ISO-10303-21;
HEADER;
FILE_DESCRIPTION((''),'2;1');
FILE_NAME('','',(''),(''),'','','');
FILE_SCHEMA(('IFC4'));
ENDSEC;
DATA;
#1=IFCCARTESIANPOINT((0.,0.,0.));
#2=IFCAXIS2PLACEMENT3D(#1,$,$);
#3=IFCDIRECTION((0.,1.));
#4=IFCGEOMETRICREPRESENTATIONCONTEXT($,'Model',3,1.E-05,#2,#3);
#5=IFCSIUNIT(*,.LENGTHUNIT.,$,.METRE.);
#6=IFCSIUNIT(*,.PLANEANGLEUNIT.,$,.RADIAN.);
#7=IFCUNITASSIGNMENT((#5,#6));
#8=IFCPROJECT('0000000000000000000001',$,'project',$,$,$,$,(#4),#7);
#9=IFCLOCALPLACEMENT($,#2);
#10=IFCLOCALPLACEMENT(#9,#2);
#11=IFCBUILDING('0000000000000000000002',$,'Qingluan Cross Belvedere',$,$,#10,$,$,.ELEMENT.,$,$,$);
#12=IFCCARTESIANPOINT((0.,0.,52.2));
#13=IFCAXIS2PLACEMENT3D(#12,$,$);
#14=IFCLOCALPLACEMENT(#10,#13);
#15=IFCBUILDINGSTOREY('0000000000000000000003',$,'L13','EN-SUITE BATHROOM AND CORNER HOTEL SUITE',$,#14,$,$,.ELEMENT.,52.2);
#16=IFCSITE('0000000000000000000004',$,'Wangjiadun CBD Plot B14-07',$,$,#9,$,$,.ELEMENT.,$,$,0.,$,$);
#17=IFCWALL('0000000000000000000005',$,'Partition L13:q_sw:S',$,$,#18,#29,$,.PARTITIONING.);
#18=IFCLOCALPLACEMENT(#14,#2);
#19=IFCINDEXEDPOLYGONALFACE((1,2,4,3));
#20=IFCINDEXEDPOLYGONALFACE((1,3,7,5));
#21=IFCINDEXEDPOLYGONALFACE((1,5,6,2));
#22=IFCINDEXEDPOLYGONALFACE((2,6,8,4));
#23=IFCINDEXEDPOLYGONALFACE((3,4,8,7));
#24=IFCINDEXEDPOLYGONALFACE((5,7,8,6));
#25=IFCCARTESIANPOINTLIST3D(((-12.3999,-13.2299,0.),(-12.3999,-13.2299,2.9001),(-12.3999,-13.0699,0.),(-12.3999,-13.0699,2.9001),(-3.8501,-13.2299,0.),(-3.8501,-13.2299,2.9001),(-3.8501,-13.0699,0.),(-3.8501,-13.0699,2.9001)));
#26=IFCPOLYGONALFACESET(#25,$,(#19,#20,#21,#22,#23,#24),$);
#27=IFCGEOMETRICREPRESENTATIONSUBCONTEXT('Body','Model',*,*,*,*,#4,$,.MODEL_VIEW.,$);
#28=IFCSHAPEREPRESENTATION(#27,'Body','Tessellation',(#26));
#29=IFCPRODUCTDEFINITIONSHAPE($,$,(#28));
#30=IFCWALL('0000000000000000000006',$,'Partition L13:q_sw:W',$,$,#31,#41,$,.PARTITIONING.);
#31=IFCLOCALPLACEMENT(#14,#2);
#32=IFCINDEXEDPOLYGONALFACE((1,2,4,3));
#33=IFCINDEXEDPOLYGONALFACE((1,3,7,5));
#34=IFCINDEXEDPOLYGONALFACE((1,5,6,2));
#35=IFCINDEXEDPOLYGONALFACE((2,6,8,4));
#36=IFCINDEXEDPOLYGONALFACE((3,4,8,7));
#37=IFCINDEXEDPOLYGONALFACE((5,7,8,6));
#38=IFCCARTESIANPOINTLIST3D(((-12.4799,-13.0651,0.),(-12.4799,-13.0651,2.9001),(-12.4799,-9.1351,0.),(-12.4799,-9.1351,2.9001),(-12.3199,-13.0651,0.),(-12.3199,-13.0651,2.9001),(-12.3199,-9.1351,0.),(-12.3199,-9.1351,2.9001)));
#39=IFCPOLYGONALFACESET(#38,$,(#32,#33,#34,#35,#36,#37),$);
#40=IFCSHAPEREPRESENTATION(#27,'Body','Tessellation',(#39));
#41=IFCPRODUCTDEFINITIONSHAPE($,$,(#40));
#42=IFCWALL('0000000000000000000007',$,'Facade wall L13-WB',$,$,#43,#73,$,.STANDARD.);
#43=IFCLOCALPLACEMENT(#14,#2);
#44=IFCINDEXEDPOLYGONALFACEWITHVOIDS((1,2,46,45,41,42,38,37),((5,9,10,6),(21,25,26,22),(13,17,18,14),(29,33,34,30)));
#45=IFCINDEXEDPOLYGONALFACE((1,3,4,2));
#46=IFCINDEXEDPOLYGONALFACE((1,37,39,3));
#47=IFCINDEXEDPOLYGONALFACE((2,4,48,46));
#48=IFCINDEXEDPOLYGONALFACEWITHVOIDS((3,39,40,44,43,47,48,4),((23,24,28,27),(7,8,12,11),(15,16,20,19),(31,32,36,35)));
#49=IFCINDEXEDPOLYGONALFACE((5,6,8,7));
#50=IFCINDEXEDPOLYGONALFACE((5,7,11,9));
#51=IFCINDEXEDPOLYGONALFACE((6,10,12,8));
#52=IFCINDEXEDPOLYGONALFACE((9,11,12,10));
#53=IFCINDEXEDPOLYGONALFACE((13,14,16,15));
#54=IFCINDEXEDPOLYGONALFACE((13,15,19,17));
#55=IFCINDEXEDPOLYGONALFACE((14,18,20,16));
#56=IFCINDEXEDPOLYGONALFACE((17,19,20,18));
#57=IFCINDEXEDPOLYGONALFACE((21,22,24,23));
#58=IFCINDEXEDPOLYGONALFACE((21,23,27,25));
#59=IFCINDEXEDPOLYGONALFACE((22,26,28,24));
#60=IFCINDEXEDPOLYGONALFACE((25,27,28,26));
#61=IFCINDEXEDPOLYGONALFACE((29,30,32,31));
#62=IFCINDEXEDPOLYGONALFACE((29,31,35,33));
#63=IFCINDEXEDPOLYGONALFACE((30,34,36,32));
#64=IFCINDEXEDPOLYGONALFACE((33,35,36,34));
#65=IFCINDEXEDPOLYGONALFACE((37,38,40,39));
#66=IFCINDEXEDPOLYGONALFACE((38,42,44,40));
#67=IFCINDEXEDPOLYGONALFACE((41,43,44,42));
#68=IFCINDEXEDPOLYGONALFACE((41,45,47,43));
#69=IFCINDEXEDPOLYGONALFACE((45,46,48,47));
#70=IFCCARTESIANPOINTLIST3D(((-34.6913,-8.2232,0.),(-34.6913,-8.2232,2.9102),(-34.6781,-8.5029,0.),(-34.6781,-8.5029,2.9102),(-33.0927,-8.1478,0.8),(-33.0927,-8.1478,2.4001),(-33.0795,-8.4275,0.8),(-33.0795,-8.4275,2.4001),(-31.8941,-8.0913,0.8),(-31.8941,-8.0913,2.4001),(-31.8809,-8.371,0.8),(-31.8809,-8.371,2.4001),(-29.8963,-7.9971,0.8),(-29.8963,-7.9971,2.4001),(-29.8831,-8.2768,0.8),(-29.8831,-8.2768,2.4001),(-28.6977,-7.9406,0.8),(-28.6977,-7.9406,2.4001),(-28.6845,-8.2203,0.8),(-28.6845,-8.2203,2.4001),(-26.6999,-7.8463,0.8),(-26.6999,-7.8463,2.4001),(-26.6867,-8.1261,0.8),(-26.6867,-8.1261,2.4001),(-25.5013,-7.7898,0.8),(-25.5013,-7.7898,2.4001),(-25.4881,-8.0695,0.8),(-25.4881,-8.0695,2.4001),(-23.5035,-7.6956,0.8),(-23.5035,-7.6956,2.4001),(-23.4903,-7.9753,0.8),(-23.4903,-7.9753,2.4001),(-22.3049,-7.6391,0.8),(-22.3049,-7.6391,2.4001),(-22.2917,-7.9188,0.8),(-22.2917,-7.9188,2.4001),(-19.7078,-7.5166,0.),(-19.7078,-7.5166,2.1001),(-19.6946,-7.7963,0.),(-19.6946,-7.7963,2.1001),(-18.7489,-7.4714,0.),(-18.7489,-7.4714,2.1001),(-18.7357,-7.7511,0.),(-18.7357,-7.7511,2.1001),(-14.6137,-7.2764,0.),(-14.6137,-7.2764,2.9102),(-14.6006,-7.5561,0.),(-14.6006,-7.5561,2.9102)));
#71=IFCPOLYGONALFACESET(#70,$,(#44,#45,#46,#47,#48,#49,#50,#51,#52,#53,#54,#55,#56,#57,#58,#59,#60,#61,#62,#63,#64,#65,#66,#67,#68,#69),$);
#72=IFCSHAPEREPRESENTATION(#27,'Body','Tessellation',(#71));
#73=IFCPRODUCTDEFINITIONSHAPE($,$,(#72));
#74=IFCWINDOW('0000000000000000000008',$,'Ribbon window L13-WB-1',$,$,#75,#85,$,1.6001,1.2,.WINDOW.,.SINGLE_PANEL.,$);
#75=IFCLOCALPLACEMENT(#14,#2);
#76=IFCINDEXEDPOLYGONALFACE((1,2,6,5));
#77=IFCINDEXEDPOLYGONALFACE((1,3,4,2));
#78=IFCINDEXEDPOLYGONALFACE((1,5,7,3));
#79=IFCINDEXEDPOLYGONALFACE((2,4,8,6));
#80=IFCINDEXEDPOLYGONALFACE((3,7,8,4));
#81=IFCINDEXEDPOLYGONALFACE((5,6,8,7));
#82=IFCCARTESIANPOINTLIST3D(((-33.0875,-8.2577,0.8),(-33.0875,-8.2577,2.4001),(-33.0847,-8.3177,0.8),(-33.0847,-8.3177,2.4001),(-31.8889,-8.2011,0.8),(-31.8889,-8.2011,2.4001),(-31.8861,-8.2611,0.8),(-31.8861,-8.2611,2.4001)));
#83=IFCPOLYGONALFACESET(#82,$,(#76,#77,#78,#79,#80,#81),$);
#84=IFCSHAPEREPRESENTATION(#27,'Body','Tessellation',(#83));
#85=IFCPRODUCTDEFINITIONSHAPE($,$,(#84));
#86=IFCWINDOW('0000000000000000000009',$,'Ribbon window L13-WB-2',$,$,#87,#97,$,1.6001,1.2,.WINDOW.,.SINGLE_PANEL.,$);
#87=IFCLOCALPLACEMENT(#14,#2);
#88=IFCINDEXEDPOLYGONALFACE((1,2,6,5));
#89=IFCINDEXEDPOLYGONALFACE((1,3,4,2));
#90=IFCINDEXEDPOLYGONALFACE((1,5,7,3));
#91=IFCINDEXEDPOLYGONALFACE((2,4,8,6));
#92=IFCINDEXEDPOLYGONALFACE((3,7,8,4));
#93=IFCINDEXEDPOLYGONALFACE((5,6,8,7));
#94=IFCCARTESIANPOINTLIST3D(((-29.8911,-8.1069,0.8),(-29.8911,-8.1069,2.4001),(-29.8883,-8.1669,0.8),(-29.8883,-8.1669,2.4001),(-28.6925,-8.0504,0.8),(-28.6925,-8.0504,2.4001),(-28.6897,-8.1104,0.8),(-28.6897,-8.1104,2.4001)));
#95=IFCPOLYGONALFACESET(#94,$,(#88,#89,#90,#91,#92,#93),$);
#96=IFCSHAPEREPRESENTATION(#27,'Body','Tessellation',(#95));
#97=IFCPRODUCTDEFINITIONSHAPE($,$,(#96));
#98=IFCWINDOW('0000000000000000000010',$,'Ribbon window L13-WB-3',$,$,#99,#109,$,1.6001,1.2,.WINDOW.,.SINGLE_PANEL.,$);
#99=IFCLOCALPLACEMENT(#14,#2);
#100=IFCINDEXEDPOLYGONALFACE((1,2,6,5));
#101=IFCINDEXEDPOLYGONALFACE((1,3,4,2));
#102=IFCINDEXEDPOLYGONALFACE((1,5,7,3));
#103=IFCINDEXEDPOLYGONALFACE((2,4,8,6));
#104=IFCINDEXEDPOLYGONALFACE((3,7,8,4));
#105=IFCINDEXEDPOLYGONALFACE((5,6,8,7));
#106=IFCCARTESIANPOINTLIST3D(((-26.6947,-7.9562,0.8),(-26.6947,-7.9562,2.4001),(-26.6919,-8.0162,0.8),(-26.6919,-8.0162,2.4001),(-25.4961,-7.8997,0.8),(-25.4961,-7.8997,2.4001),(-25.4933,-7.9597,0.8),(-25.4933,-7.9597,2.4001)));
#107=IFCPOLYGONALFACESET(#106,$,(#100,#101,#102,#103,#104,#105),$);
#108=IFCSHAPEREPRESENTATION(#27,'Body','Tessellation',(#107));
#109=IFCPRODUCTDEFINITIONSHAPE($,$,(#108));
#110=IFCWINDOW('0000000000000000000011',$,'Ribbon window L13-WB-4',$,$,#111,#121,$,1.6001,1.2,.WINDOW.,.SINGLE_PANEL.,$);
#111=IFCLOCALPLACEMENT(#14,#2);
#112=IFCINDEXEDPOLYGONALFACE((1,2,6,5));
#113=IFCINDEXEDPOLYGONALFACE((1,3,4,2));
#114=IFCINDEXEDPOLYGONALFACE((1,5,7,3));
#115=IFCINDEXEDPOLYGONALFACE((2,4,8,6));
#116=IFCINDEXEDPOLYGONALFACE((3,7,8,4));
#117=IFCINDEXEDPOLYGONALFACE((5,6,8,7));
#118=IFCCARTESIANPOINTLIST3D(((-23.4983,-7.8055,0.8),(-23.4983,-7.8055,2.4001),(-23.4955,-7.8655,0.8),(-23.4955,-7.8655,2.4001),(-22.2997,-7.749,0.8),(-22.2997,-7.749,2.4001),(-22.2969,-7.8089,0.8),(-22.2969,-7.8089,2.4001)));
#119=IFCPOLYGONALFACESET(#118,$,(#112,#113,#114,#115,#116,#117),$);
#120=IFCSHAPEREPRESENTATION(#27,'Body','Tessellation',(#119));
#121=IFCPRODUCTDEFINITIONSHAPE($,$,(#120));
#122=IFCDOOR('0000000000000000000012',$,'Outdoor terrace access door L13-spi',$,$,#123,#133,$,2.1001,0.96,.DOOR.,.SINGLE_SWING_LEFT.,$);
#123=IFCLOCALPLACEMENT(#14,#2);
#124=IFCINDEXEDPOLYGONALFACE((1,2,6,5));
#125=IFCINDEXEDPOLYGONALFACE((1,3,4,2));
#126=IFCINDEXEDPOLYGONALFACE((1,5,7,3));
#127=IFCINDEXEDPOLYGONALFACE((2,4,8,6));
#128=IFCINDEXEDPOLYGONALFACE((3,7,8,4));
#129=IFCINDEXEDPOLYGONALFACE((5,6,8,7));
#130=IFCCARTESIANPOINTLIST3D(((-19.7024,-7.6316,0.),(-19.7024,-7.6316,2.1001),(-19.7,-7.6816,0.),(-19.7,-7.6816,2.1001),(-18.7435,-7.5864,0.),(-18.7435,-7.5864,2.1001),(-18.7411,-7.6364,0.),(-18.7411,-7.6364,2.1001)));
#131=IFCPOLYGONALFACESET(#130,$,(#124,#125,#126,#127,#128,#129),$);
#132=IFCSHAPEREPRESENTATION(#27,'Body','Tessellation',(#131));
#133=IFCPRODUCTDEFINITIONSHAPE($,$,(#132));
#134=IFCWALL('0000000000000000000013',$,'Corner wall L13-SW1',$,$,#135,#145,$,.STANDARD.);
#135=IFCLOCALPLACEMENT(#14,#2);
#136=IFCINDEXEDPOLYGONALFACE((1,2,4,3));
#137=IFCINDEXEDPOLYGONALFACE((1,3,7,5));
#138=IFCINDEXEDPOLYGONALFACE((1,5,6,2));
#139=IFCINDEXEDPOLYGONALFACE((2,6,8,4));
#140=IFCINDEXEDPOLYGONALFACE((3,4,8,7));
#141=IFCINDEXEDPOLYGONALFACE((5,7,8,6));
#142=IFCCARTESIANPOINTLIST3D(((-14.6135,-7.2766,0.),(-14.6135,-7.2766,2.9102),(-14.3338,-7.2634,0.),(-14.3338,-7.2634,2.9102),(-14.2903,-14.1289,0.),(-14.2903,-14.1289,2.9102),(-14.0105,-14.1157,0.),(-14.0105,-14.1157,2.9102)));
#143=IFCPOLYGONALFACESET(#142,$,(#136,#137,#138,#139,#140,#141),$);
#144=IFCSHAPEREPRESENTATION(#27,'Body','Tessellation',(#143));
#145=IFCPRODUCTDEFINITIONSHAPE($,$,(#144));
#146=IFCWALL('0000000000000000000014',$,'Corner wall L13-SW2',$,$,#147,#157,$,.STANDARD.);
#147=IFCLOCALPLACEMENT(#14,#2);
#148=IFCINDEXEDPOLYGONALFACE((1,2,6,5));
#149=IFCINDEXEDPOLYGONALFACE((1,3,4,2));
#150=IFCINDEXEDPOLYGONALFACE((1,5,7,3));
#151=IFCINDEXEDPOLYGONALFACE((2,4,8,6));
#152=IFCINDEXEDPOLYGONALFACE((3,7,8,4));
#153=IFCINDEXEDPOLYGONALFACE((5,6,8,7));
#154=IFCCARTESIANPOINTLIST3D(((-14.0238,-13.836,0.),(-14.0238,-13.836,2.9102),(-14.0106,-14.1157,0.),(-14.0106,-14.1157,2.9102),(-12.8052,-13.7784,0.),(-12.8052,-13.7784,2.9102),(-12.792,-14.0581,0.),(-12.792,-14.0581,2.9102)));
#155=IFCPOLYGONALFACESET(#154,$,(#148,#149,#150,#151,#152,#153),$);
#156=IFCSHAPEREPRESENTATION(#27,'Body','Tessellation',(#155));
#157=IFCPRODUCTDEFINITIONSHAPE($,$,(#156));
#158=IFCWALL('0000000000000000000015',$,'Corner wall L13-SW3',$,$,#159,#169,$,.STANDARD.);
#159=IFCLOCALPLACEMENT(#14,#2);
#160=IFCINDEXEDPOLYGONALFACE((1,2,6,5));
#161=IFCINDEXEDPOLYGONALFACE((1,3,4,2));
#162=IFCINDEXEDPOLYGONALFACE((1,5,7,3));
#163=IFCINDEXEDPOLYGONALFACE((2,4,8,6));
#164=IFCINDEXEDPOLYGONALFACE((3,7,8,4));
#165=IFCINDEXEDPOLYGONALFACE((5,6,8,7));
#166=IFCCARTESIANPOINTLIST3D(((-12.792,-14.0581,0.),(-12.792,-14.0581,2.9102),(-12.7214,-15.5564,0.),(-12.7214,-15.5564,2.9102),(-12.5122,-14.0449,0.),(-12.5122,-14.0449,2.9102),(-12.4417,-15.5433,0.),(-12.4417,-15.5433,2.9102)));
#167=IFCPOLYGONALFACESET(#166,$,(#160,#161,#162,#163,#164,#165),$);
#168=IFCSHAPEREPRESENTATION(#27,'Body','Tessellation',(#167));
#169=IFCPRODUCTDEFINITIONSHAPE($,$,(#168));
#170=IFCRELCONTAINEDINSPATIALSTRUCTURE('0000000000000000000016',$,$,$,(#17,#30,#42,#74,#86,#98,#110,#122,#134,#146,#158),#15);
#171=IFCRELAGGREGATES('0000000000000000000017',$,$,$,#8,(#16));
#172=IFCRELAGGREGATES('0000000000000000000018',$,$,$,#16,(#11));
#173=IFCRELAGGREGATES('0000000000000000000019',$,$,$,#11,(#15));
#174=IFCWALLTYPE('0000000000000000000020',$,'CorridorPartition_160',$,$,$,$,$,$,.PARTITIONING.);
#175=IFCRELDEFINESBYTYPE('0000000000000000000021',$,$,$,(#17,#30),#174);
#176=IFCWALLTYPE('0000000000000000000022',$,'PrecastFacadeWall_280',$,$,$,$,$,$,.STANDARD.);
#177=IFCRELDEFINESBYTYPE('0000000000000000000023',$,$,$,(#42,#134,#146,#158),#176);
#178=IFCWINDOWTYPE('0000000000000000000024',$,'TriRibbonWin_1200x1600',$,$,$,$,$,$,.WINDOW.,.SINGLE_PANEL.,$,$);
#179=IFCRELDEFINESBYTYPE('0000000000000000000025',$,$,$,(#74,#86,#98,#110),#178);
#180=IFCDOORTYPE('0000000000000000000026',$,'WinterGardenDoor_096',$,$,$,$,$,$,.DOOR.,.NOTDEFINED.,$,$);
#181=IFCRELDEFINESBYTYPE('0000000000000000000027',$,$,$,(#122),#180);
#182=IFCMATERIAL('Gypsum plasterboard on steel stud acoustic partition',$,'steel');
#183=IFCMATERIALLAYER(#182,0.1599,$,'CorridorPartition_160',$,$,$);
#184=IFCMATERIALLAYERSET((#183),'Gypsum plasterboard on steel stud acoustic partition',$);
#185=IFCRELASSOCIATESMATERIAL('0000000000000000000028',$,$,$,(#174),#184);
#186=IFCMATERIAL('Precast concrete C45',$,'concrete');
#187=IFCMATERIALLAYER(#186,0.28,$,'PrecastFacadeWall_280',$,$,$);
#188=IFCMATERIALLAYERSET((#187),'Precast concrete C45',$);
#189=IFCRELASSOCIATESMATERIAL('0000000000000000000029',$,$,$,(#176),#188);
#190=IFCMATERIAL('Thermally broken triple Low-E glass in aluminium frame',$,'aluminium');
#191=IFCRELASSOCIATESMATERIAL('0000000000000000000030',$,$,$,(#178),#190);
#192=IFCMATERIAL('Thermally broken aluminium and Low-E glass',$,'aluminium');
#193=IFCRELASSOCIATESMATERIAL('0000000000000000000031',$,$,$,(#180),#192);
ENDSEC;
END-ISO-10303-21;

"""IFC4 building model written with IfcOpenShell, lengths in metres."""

from ifc_helpers import new_model, si_unit, direction, frame, frame_2d, origin, place, context, subcontext, project, spatial, rectangle, extrude, material, layer, layer_set, type_object, element, fill, save


model = new_model("IFC4")

# Units and contexts
model_context = context("Model", 3, precision=1e-05, world=origin(), true_north=direction((0.0, 1.0)))
body_context = subcontext(model_context, "Body", "Model", "MODEL_VIEW")
ifc_project = project(units=[si_unit("LENGTHUNIT", "METRE"), si_unit("PLANEANGLEUNIT", "RADIAN")], contexts=[model_context])

# Site, building, storey
site_placement = place(None, origin())
site = spatial("IfcSite", under=ifc_project, at=site_placement, Name="Wangjiadun CBD Plot B14-07", CompositionType="ELEMENT", RefElevation=0.0)
building_placement = place(site_placement, origin())
building = spatial("IfcBuilding", under=site, at=building_placement, Name="Qingluan Cross Belvedere", CompositionType="ELEMENT")
storey_placement = place(building_placement, frame((0.0, 0.0, 52.2)))
storey = spatial("IfcBuildingStorey", under=building, at=storey_placement, Name="L13", Description="EN-SUITE BATHROOM AND CORNER HOTEL SUITE", CompositionType="ELEMENT", Elevation=52.2)

# Walls
ifc_material_1 = material(Name="Gypsum plasterboard on steel stud acoustic partition", Category="steel")
ifc_layer_1 = layer(ifc_material_1, 0.1599, Name="CorridorPartition_160")
ifc_layer_set_1 = layer_set([ifc_layer_1], Name="Gypsum plasterboard on steel stud acoustic partition")
wall_type_1 = type_object("IfcWallType", Name="CorridorPartition_160", PredefinedType="PARTITIONING", material=ifc_layer_set_1)
wall_1_placement = place(storey_placement, frame((-12.3999, -13.1499, 0.0), z_axis=(0.0, 0.0, 1.0), x_axis=(1.0, 0.0, 0.0)))
element("IfcWall", 1, at=wall_1_placement, inside=storey, type_object=wall_type_1, Name="Partition L13:q_sw:S", PredefinedType="PARTITIONING", context=body_context, shape_type="SweptSolid", body=[
    extrude(rectangle(XDim=8.5498, YDim=0.1599, at=frame_2d((4.2749, 0.0))), origin(), (0.0, 0.0, 1.0), 2.9001),
])
wall_2_placement = place(storey_placement, frame((-12.3999, -13.0649, 0.0), z_axis=(0.0, 0.0, 1.0), x_axis=(0.0, 1.0, 0.0)))
element("IfcWall", 2, at=wall_2_placement, inside=storey, type_object=wall_type_1, Name="Partition L13:q_sw:W", PredefinedType="PARTITIONING", context=body_context, shape_type="SweptSolid", body=[
    extrude(rectangle(XDim=3.9299, YDim=0.1599, at=frame_2d((1.9648, 0.0))), origin(), (0.0, 0.0, 1.0), 2.9001),
])

# Wall, openings, windows, door
ifc_material_2 = material(Name="Precast concrete C45", Category="concrete")
ifc_layer_2 = layer(ifc_material_2, 0.28, Name="PrecastFacadeWall_280")
ifc_layer_set_2 = layer_set([ifc_layer_2], Name="Precast concrete C45")
wall_type_2 = type_object("IfcWallType", Name="PrecastFacadeWall_280", PredefinedType="STANDARD", material=ifc_layer_set_2)
wall_3_placement = place(storey_placement, frame((-34.6846, -8.363, 0.0), z_axis=(0.0, 0.0, 1.0), x_axis=(0.99889, 0.047103, 0.0)))
wall_3 = element("IfcWall", 3, at=wall_3_placement, inside=storey, type_object=wall_type_2, Name="Facade wall L13-WB", PredefinedType="STANDARD", context=body_context, shape_type="SweptSolid", body=[
    extrude(rectangle(XDim=20.0999, YDim=0.28, at=frame_2d((10.0498, 0.0))), origin(), (0.0, 0.0, 1.0), 2.9102),
])
opening_1_placement = place(wall_3_placement, frame((1.6001, 0.0, 0.8)))
opening_1 = element("IfcOpeningElement", 4, at=opening_1_placement, cuts=wall_3, PredefinedType="OPENING", context=body_context, shape_type="SweptSolid", body=[
    extrude(rectangle(XDim=1.2, YDim=1.6001, at=frame_2d((0.6001, 0.8))), frame((0.0, 0.1499, 0.0), z_axis=(0.0, -1.0, 0.0), x_axis=(1.0, 0.0, 0.0)), (0.0, 0.0, 1.0), 0.3),
])
opening_2_placement = place(wall_3_placement, frame((4.8, 0.0, 0.8)))
opening_2 = element("IfcOpeningElement", 5, at=opening_2_placement, cuts=wall_3, PredefinedType="OPENING", context=body_context, shape_type="SweptSolid", body=[
    extrude(rectangle(XDim=1.2, YDim=1.6001, at=frame_2d((0.6001, 0.8))), frame((0.0, 0.1499, 0.0), z_axis=(0.0, -1.0, 0.0), x_axis=(1.0, 0.0, 0.0)), (0.0, 0.0, 1.0), 0.3),
])
opening_3_placement = place(wall_3_placement, frame((8.0, 0.0, 0.8)))
opening_3 = element("IfcOpeningElement", 6, at=opening_3_placement, cuts=wall_3, PredefinedType="OPENING", context=body_context, shape_type="SweptSolid", body=[
    extrude(rectangle(XDim=1.2, YDim=1.6001, at=frame_2d((0.6001, 0.8))), frame((0.0, 0.1499, 0.0), z_axis=(0.0, -1.0, 0.0), x_axis=(1.0, 0.0, 0.0)), (0.0, 0.0, 1.0), 0.3),
])
opening_4_placement = place(wall_3_placement, frame((11.2, 0.0, 0.8)))
opening_4 = element("IfcOpeningElement", 7, at=opening_4_placement, cuts=wall_3, PredefinedType="OPENING", context=body_context, shape_type="SweptSolid", body=[
    extrude(rectangle(XDim=1.2, YDim=1.6001, at=frame_2d((0.6001, 0.8))), frame((0.0, 0.1499, 0.0), z_axis=(0.0, -1.0, 0.0), x_axis=(1.0, 0.0, 0.0)), (0.0, 0.0, 1.0), 0.3),
])
opening_5_placement = place(wall_3_placement, frame((15.0, 0.0, 0.0)))
opening_5 = element("IfcOpeningElement", 8, at=opening_5_placement, cuts=wall_3, PredefinedType="OPENING", context=body_context, shape_type="SweptSolid", body=[
    extrude(rectangle(XDim=0.96, YDim=2.1001, at=frame_2d((0.48, 1.05))), frame((0.0, 0.1499, 0.0), z_axis=(0.0, -1.0, 0.0), x_axis=(1.0, 0.0, 0.0)), (0.0, 0.0, 1.0), 0.3),
])
ifc_material_3 = material(Name="Thermally broken triple Low-E glass in aluminium frame", Category="aluminium")
window_type = type_object("IfcWindowType", Name="TriRibbonWin_1200x1600", PartitioningType="SINGLE_PANEL", PredefinedType="WINDOW", material=ifc_material_3)
window_1_placement = place(opening_1_placement, origin())
window_1 = element("IfcWindow", 9, at=window_1_placement, inside=storey, type_object=window_type, Name="Ribbon window L13-WB-1", OverallHeight=1.6001, OverallWidth=1.2, PartitioningType="SINGLE_PANEL", PredefinedType="WINDOW", context=body_context, shape_type="SweptSolid", body=[
    extrude(rectangle(XDim=1.2, YDim=1.6001, at=frame_2d((0.6001, 0.8))), frame((0.0, 0.03, 0.0), z_axis=(0.0, -1.0, 0.0), x_axis=(1.0, 0.0, 0.0)), (0.0, 0.0, 1.0), 0.0601),
])
fill(opening_1, window_1)
window_2_placement = place(opening_2_placement, origin())
window_2 = element("IfcWindow", 10, at=window_2_placement, inside=storey, type_object=window_type, Name="Ribbon window L13-WB-2", OverallHeight=1.6001, OverallWidth=1.2, PartitioningType="SINGLE_PANEL", PredefinedType="WINDOW", context=body_context, shape_type="SweptSolid", body=[
    extrude(rectangle(XDim=1.2, YDim=1.6001, at=frame_2d((0.6001, 0.8))), frame((0.0, 0.03, 0.0), z_axis=(0.0, -1.0, 0.0), x_axis=(1.0, 0.0, 0.0)), (0.0, 0.0, 1.0), 0.0601),
])
fill(opening_2, window_2)
window_3_placement = place(opening_3_placement, origin())
window_3 = element("IfcWindow", 11, at=window_3_placement, inside=storey, type_object=window_type, Name="Ribbon window L13-WB-3", OverallHeight=1.6001, OverallWidth=1.2, PartitioningType="SINGLE_PANEL", PredefinedType="WINDOW", context=body_context, shape_type="SweptSolid", body=[
    extrude(rectangle(XDim=1.2, YDim=1.6001, at=frame_2d((0.6001, 0.8))), frame((0.0, 0.03, 0.0), z_axis=(0.0, -1.0, 0.0), x_axis=(1.0, 0.0, 0.0)), (0.0, 0.0, 1.0), 0.0601),
])
fill(opening_3, window_3)
window_4_placement = place(opening_4_placement, origin())
window_4 = element("IfcWindow", 12, at=window_4_placement, inside=storey, type_object=window_type, Name="Ribbon window L13-WB-4", OverallHeight=1.6001, OverallWidth=1.2, PartitioningType="SINGLE_PANEL", PredefinedType="WINDOW", context=body_context, shape_type="SweptSolid", body=[
    extrude(rectangle(XDim=1.2, YDim=1.6001, at=frame_2d((0.6001, 0.8))), frame((0.0, 0.03, 0.0), z_axis=(0.0, -1.0, 0.0), x_axis=(1.0, 0.0, 0.0)), (0.0, 0.0, 1.0), 0.0601),
])
fill(opening_4, window_4)
ifc_material_4 = material(Name="Thermally broken aluminium and Low-E glass", Category="aluminium")
door_type = type_object("IfcDoorType", Name="WinterGardenDoor_096", OperationType="NOTDEFINED", PredefinedType="DOOR", material=ifc_material_4)
door_placement = place(opening_5_placement, origin())
door = element("IfcDoor", 13, at=door_placement, inside=storey, type_object=door_type, Name="Outdoor terrace access door L13-spi", OperationType="SINGLE_SWING_LEFT", OverallHeight=2.1001, OverallWidth=0.96, PredefinedType="DOOR", context=body_context, shape_type="SweptSolid", body=[
    extrude(rectangle(XDim=0.96, YDim=2.1001, at=frame_2d((0.48, 1.05))), frame((0.0, 0.0249, 0.0), z_axis=(0.0, -1.0, 0.0), x_axis=(1.0, 0.0, 0.0)), (0.0, 0.0, 1.0), 0.05),
])
fill(opening_5, door)

# Walls
wall_4_placement = place(storey_placement, frame((-14.4736, -7.27, 0.0), z_axis=(0.0, 0.0, 1.0), x_axis=(0.04712, -0.998889, 0.0)))
element("IfcWall", 14, at=wall_4_placement, inside=storey, type_object=wall_type_2, Name="Corner wall L13-SW1", PredefinedType="STANDARD", context=body_context, shape_type="SweptSolid", body=[
    extrude(rectangle(XDim=6.8599, YDim=0.28, at=frame_2d((3.4299, 0.0))), origin(), (0.0, 0.0, 1.0), 2.9102),
])
wall_5_placement = place(storey_placement, frame((-14.0171, -13.9758, 0.0), z_axis=(0.0, 0.0, 1.0), x_axis=(0.998884, 0.047232, 0.0)))
element("IfcWall", 15, at=wall_5_placement, inside=storey, type_object=wall_type_2, Name="Corner wall L13-SW2", PredefinedType="STANDARD", context=body_context, shape_type="SweptSolid", body=[
    extrude(rectangle(XDim=1.22, YDim=0.28, at=frame_2d((0.6099, 0.0))), origin(), (0.0, 0.0, 1.0), 2.9102),
])
wall_6_placement = place(storey_placement, frame((-12.6521, -14.0515, 0.0), z_axis=(0.0, 0.0, 1.0), x_axis=(0.047039, -0.998893, 0.0)))
element("IfcWall", 16, at=wall_6_placement, inside=storey, type_object=wall_type_2, Name="Corner wall L13-SW3", PredefinedType="STANDARD", context=body_context, shape_type="SweptSolid", body=[
    extrude(rectangle(XDim=1.5, YDim=0.28, at=frame_2d((0.75, 0.0))), origin(), (0.0, 0.0, 1.0), 2.9102),
])

save(model, "model.ifc")
